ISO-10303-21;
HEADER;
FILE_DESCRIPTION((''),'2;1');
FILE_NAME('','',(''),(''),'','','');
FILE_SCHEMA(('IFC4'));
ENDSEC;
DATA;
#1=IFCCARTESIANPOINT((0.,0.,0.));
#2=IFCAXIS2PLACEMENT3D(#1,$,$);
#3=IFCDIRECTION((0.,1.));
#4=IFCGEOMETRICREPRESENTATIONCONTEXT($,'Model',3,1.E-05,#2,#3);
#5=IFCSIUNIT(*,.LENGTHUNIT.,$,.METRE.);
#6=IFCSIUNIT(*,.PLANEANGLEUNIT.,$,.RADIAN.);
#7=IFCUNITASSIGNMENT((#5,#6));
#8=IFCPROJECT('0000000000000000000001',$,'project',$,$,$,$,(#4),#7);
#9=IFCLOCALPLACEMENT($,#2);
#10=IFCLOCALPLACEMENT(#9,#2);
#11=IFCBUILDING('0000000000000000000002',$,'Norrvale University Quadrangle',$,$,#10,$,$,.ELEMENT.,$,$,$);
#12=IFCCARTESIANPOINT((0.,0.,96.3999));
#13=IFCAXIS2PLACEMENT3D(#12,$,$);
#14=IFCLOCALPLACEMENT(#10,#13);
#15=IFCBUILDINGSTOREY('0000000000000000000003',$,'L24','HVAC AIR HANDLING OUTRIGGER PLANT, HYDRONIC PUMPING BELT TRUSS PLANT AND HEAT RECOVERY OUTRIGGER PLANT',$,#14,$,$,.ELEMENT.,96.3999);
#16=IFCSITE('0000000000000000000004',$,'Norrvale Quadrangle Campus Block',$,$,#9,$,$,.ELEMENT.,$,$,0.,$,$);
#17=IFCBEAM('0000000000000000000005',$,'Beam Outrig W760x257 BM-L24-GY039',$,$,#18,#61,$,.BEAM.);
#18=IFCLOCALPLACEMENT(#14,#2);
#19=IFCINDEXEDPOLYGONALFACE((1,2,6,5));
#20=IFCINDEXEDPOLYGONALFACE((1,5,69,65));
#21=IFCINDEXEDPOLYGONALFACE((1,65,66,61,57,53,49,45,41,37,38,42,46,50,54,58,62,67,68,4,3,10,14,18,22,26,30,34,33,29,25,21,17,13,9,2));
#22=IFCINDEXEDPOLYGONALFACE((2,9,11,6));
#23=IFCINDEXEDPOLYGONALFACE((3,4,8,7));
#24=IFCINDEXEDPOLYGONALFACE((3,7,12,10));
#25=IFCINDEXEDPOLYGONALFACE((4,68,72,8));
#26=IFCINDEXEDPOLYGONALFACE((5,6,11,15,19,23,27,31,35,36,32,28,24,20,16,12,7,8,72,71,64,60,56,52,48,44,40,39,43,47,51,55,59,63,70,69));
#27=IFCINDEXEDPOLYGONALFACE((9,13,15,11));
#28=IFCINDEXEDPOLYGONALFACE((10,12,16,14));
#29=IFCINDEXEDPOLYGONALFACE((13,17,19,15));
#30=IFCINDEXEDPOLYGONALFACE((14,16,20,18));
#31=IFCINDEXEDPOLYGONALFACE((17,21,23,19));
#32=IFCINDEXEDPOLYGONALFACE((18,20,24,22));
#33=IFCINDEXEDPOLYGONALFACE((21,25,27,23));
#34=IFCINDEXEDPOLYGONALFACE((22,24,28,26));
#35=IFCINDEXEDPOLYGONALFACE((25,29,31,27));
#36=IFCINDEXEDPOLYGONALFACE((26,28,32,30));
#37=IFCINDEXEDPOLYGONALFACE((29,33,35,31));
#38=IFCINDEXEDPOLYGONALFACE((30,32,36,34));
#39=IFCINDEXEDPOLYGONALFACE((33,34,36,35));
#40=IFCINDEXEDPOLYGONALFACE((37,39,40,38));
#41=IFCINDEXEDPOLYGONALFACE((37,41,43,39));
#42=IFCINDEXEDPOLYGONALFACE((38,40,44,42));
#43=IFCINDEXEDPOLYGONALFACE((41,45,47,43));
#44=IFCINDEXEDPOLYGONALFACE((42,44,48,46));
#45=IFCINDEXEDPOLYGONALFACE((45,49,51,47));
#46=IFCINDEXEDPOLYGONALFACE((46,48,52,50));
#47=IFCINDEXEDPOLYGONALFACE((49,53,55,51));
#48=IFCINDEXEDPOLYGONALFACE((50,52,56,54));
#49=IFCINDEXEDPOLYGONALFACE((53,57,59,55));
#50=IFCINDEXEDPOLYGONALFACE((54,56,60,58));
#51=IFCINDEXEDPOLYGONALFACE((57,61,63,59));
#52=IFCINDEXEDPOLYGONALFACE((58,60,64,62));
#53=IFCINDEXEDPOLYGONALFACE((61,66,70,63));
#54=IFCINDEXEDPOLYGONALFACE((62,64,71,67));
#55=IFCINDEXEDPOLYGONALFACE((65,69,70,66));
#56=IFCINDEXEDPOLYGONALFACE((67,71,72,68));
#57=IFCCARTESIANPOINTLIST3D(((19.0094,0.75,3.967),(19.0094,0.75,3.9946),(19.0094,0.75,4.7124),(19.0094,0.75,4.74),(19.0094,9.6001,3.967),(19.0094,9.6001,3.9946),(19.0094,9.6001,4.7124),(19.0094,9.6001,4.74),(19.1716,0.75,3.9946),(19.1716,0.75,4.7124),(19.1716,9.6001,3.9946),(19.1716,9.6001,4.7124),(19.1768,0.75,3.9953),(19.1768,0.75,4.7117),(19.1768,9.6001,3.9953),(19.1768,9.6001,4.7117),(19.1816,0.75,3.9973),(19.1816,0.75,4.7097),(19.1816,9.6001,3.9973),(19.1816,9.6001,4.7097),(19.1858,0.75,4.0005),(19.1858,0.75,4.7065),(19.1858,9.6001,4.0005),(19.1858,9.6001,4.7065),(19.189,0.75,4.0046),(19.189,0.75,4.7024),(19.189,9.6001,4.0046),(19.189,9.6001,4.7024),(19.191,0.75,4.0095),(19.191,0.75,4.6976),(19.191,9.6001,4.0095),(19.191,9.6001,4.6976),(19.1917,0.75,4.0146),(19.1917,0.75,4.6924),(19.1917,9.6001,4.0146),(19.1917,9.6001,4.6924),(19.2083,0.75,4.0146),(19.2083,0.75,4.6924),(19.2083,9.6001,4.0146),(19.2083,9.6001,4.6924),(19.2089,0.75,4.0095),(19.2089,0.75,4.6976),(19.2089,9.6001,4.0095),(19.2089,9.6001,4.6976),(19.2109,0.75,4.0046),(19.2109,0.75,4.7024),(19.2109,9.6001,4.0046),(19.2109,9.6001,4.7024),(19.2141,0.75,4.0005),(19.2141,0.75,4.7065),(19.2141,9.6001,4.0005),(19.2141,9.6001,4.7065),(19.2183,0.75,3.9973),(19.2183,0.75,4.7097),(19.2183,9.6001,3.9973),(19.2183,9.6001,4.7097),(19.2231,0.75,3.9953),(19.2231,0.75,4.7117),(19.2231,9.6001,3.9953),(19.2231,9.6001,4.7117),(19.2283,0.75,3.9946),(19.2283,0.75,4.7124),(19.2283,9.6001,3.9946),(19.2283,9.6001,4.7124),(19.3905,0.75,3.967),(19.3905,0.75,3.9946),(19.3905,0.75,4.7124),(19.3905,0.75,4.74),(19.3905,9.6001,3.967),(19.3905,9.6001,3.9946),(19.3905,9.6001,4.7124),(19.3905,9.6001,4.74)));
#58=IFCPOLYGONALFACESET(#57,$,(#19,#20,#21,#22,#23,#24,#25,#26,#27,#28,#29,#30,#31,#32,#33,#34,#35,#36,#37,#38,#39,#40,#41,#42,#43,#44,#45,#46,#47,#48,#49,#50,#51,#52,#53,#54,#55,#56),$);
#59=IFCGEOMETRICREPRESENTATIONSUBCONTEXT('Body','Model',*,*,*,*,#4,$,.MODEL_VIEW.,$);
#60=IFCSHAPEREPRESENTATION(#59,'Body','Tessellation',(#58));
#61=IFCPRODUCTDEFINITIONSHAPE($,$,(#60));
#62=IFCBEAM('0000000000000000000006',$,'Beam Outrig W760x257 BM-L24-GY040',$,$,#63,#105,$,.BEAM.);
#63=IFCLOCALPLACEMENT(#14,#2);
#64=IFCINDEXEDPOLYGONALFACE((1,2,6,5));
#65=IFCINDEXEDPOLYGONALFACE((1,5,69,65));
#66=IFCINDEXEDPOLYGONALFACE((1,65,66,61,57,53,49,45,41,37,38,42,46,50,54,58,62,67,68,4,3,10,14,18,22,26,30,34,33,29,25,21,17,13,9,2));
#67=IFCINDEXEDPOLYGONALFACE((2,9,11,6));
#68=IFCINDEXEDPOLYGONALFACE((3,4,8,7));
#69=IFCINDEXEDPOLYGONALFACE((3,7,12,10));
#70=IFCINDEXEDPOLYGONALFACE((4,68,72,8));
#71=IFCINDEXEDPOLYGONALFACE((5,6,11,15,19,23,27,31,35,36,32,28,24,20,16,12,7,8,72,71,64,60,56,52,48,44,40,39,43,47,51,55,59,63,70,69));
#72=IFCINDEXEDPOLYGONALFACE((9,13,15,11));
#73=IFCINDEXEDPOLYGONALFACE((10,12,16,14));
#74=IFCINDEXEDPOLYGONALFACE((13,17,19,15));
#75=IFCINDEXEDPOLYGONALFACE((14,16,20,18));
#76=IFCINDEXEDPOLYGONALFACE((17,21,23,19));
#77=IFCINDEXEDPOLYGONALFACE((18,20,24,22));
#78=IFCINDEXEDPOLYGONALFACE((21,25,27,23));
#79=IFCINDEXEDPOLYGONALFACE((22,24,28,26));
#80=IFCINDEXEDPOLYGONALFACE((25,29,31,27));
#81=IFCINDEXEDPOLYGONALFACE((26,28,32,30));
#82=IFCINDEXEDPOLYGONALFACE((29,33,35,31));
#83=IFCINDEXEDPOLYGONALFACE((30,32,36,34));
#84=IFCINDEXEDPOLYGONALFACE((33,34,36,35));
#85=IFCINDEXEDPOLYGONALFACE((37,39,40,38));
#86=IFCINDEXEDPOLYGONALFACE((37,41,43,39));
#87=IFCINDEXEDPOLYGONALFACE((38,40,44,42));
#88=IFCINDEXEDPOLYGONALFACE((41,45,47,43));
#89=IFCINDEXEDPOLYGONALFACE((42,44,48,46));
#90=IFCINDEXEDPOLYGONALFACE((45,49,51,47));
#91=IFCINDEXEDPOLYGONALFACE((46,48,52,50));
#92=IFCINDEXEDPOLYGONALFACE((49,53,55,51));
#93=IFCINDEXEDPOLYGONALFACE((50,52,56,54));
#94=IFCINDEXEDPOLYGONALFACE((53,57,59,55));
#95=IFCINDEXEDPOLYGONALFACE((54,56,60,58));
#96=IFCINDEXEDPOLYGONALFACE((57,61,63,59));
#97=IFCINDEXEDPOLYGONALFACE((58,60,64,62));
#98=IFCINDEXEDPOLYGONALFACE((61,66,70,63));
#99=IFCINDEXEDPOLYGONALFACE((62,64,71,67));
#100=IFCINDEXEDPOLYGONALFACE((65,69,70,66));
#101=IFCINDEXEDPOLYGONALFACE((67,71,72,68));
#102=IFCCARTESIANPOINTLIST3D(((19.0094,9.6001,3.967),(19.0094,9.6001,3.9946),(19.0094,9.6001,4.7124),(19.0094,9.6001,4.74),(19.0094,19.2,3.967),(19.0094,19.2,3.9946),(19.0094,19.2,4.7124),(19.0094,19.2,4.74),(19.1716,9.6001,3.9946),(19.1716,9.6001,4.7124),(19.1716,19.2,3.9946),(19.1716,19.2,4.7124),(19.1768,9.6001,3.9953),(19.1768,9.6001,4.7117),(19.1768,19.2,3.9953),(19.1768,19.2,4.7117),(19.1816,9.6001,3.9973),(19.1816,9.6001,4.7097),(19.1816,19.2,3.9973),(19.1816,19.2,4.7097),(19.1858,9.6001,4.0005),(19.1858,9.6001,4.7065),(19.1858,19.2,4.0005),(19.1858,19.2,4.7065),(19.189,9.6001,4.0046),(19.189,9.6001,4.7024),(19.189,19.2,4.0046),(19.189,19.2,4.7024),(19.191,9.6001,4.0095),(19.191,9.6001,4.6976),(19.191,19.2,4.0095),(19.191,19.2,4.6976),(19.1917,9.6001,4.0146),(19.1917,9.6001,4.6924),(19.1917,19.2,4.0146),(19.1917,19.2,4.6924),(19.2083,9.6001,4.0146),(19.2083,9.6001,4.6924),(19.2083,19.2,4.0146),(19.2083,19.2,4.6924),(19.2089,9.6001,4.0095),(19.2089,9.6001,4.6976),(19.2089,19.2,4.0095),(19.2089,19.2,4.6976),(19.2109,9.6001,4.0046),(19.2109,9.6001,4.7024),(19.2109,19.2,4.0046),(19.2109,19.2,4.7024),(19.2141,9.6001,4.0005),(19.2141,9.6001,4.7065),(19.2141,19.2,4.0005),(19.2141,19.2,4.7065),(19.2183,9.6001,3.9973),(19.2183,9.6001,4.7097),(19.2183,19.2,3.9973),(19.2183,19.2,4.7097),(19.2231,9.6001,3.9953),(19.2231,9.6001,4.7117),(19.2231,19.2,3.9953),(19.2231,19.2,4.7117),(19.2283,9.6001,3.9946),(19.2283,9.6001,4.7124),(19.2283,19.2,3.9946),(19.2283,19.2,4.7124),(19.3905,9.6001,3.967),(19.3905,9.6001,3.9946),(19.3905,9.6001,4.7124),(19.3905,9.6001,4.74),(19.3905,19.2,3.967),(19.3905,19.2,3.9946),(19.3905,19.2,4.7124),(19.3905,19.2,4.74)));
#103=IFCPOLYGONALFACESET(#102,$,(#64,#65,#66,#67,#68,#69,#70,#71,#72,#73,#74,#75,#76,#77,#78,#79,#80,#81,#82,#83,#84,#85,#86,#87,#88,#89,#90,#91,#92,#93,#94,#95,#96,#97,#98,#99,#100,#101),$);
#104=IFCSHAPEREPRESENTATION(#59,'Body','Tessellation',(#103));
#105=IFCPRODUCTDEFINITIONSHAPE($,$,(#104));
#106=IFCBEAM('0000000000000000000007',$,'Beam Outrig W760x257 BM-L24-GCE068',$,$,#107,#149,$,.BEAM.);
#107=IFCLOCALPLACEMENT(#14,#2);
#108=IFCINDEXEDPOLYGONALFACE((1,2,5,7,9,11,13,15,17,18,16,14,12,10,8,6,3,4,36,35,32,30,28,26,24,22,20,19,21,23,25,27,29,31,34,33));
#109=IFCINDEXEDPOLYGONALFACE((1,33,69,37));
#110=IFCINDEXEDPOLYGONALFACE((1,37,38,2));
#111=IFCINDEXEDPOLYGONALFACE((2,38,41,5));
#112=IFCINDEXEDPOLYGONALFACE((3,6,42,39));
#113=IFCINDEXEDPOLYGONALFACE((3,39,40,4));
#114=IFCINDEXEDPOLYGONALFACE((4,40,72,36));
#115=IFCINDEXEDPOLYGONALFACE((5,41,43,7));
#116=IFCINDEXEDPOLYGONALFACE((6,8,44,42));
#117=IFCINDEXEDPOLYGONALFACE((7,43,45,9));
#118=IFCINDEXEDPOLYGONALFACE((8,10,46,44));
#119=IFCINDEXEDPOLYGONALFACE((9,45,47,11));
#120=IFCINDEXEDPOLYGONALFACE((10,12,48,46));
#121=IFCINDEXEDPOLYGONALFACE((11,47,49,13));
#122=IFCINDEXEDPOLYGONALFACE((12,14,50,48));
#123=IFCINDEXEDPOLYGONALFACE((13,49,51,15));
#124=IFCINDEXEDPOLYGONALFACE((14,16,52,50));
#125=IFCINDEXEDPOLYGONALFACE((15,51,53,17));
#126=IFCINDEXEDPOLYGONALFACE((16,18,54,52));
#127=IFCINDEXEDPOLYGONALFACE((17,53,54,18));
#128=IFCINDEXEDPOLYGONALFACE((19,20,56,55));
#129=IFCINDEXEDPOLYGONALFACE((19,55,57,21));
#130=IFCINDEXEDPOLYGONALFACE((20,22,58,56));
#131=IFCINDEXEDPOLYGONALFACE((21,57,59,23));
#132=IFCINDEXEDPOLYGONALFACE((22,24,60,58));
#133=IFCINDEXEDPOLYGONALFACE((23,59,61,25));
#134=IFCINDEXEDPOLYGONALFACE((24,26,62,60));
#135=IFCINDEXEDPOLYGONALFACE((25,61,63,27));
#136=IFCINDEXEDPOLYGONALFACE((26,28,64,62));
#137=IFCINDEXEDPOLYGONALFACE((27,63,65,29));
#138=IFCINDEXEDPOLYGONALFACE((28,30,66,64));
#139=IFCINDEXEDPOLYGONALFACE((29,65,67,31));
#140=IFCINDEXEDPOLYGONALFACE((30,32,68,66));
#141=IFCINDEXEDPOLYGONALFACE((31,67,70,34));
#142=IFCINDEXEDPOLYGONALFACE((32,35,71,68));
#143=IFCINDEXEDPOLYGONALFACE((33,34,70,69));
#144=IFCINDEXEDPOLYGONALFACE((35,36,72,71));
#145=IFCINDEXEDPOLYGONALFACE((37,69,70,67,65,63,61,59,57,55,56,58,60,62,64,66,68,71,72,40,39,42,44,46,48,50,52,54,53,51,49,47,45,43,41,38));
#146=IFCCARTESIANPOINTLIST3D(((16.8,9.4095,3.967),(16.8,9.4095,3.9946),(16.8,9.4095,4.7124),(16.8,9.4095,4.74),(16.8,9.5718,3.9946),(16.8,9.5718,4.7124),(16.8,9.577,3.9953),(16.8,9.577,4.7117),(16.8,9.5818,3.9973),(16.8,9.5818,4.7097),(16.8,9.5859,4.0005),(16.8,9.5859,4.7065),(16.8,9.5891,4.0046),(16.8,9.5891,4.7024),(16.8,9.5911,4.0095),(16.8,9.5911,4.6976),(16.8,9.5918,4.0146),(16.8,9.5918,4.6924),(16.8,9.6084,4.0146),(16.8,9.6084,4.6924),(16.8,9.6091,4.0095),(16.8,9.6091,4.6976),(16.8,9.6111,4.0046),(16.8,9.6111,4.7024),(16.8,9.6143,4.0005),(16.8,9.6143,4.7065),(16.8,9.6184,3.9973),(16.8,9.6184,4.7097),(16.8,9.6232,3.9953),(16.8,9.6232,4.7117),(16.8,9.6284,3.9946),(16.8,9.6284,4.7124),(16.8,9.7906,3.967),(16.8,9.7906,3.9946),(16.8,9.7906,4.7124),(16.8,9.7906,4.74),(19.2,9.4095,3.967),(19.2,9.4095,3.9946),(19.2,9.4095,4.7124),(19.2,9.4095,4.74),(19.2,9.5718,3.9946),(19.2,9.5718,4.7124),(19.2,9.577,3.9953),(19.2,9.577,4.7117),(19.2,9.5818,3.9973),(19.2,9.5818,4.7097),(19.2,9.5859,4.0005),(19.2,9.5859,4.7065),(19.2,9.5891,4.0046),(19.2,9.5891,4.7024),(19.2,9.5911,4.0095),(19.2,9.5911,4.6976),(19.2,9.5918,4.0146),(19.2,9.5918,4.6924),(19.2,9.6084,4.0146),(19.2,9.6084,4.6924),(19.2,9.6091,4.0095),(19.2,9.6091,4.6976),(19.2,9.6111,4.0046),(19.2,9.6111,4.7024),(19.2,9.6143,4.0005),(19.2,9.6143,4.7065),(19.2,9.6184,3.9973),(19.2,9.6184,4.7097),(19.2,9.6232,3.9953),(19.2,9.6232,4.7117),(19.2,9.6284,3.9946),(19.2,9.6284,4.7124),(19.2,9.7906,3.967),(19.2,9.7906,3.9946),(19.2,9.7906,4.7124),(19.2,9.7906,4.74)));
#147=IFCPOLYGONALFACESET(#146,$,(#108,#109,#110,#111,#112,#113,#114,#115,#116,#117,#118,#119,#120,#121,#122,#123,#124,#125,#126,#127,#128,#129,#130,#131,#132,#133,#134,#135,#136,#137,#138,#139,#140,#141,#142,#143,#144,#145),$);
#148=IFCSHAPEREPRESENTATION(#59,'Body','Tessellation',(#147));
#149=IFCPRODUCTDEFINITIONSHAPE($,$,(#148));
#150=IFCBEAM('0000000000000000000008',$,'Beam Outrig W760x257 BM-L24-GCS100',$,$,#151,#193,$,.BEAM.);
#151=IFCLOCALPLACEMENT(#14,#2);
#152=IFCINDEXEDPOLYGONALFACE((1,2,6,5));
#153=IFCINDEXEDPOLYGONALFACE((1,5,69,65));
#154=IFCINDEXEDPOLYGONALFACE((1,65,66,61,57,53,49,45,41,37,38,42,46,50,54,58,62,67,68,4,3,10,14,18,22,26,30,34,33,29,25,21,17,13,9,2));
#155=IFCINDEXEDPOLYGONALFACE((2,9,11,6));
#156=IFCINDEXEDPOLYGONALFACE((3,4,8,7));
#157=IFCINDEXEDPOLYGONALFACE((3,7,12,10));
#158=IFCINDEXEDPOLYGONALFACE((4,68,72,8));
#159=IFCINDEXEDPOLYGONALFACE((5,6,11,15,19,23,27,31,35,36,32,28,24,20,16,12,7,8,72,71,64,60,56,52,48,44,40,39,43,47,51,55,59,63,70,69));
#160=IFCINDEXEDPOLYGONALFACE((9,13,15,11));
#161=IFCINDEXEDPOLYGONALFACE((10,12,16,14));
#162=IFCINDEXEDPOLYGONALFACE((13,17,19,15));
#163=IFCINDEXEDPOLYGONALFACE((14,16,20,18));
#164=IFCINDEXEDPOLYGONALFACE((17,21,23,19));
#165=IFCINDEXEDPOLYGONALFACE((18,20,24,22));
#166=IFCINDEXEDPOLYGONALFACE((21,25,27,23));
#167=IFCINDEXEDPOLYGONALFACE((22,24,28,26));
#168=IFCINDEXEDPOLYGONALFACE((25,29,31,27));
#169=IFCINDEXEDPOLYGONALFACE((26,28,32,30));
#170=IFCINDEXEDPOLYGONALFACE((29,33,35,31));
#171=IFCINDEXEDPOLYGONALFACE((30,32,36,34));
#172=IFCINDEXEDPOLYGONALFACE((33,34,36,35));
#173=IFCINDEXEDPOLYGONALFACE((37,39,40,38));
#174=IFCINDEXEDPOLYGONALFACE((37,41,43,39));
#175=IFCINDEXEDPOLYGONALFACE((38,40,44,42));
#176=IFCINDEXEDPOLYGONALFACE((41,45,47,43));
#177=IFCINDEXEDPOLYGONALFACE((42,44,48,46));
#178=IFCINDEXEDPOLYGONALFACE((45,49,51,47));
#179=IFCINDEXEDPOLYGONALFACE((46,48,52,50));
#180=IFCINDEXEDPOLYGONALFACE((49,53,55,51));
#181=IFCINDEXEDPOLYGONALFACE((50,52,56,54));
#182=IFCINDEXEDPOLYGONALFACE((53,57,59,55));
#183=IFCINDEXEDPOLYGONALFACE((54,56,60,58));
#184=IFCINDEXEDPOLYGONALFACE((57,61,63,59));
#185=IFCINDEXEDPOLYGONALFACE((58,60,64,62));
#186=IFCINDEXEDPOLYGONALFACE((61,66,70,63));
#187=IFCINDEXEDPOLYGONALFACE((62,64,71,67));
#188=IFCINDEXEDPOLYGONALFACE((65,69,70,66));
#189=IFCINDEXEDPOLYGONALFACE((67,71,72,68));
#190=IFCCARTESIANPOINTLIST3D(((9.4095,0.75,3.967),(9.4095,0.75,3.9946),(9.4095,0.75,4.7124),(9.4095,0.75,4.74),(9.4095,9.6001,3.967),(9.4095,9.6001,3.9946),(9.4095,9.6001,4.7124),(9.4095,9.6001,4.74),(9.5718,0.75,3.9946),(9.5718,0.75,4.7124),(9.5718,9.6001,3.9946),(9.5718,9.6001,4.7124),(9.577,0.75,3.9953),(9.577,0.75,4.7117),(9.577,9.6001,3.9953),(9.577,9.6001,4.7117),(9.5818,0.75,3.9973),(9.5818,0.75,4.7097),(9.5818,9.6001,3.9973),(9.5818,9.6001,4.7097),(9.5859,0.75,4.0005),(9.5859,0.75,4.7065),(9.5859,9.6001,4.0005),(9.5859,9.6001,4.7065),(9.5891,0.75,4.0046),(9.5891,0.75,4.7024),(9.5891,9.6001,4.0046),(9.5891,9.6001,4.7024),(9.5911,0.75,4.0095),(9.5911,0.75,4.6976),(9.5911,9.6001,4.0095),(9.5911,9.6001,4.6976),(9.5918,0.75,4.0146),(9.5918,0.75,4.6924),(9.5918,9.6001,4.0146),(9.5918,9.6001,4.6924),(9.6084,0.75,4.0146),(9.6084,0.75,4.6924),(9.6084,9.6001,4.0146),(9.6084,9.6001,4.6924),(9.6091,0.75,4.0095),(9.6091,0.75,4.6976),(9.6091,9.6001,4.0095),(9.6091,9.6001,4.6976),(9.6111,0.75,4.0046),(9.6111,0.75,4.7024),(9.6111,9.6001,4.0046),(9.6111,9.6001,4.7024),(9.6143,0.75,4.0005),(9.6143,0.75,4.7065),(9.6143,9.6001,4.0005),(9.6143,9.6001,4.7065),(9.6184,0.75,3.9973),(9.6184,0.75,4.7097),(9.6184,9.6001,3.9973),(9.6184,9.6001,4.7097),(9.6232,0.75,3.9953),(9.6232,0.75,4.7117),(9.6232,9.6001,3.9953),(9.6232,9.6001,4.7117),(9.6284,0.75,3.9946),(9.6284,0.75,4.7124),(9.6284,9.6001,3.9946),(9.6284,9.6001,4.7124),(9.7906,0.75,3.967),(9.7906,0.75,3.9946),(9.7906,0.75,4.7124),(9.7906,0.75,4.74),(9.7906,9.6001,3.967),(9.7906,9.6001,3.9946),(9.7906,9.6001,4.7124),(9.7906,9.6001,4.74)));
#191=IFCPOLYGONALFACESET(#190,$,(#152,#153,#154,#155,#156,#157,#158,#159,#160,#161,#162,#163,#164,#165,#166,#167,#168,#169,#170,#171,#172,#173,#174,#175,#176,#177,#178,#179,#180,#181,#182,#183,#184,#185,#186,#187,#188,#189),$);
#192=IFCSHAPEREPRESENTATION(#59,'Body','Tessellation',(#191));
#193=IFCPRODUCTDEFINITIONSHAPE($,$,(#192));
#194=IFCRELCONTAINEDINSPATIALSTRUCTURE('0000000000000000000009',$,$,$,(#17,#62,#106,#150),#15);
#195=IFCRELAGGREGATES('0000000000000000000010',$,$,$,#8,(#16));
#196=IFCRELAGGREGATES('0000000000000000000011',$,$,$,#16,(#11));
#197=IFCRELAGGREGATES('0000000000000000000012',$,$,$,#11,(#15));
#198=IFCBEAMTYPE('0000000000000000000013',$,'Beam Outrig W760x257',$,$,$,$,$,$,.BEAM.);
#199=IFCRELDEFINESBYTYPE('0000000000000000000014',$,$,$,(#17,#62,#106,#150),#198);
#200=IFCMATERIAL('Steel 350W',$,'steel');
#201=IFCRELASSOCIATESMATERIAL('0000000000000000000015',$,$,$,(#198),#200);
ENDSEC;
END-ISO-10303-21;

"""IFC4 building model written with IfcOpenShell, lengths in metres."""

from ifc_helpers import new_model, si_unit, direction, frame, origin, origin_2d, place, context, subcontext, project, spatial, i_section, extrude, material, material_profile, profile_set, type_object, element, save


model = new_model("IFC4")

# Units and contexts
model_context = context("Model", 3, precision=1e-05, world=origin(), true_north=direction((0.0, 1.0)))
body_context = subcontext(model_context, "Body", "Model", "MODEL_VIEW")
ifc_project = project(units=[si_unit("LENGTHUNIT", "METRE"), si_unit("PLANEANGLEUNIT", "RADIAN")], contexts=[model_context])

# Site, building, storey
site_placement = place(None, origin())
site = spatial("IfcSite", under=ifc_project, at=site_placement, Name="Norrvale Quadrangle Campus Block", CompositionType="ELEMENT", RefElevation=0.0)
building_placement = place(site_placement, origin())
building = spatial("IfcBuilding", under=site, at=building_placement, Name="Norrvale University Quadrangle", CompositionType="ELEMENT")
storey_placement = place(building_placement, frame((0.0, 0.0, 96.3999)))
storey = spatial("IfcBuildingStorey", under=building, at=storey_placement, Name="L24", Description="HVAC AIR HANDLING OUTRIGGER PLANT, HYDRONIC PUMPING BELT TRUSS PLANT AND HEAT RECOVERY OUTRIGGER PLANT", CompositionType="ELEMENT", Elevation=96.3999)

# Beams
ifc_material_1 = material(Name="Steel 350W", Category="steel")
ifc_material_profile_1 = material_profile(ifc_material_1, i_section(OverallWidth=0.3811, OverallDepth=0.7729, WebThickness=0.0166, FlangeThickness=0.0276, FilletRadius=0.02, at=origin_2d()), Name="Steel 350W")
ifc_profile_set_1 = profile_set([ifc_material_profile_1], Name="Steel 350W")
beam_type_1 = type_object("IfcBeamType", Name="Beam Outrig W760x257", PredefinedType="BEAM", material=ifc_profile_set_1)
beam_1_placement = place(storey_placement, frame((19.2, 0.75, 4.3535), z_axis=(0.0, 1.0, 0.0), x_axis=(-1.0, 0.0, 0.0)))
element("IfcBeam", 1, at=beam_1_placement, inside=storey, type_object=beam_type_1, Name="Beam Outrig W760x257 BM-L24-GY039", PredefinedType="BEAM", context=body_context, shape_type="SweptSolid", body=[
    extrude(i_section(OverallWidth=0.3811, OverallDepth=0.7729, WebThickness=0.0166, FlangeThickness=0.0276, FilletRadius=0.02, at=origin_2d()), origin(), (0.0, 0.0, 1.0), 8.8501),
])
beam_2_placement = place(storey_placement, frame((19.2, 9.6001, 4.3535), z_axis=(0.0, 1.0, 0.0), x_axis=(-1.0, 0.0, 0.0)))
element("IfcBeam", 2, at=beam_2_placement, inside=storey, type_object=beam_type_1, Name="Beam Outrig W760x257 BM-L24-GY040", PredefinedType="BEAM", context=body_context, shape_type="SweptSolid", body=[
    extrude(i_section(OverallWidth=0.3811, OverallDepth=0.7729, WebThickness=0.0166, FlangeThickness=0.0276, FilletRadius=0.02, at=origin_2d()), origin(), (0.0, 0.0, 1.0), 9.5999),
])
beam_3_placement = place(storey_placement, frame((16.8, 9.6001, 4.3535), z_axis=(1.0, 0.0, 0.0), x_axis=(0.0, 1.0, 0.0)))
element("IfcBeam", 3, at=beam_3_placement, inside=storey, type_object=beam_type_1, Name="Beam Outrig W760x257 BM-L24-GCE068", PredefinedType="BEAM", context=body_context, shape_type="SweptSolid", body=[
    extrude(i_section(OverallWidth=0.3811, OverallDepth=0.7729, WebThickness=0.0166, FlangeThickness=0.0276, FilletRadius=0.02, at=origin_2d()), origin(), (0.0, 0.0, 1.0), 2.3999),
])
beam_4_placement = place(storey_placement, frame((9.6001, 0.75, 4.3535), z_axis=(0.0, 1.0, 0.0), x_axis=(-1.0, 0.0, 0.0)))
element("IfcBeam", 4, at=beam_4_placement, inside=storey, type_object=beam_type_1, Name="Beam Outrig W760x257 BM-L24-GCS100", PredefinedType="BEAM", context=body_context, shape_type="SweptSolid", body=[
    extrude(i_section(OverallWidth=0.3811, OverallDepth=0.7729, WebThickness=0.0166, FlangeThickness=0.0276, FilletRadius=0.02, at=origin_2d()), origin(), (0.0, 0.0, 1.0), 8.8501),
])

save(model, "model.ifc")
